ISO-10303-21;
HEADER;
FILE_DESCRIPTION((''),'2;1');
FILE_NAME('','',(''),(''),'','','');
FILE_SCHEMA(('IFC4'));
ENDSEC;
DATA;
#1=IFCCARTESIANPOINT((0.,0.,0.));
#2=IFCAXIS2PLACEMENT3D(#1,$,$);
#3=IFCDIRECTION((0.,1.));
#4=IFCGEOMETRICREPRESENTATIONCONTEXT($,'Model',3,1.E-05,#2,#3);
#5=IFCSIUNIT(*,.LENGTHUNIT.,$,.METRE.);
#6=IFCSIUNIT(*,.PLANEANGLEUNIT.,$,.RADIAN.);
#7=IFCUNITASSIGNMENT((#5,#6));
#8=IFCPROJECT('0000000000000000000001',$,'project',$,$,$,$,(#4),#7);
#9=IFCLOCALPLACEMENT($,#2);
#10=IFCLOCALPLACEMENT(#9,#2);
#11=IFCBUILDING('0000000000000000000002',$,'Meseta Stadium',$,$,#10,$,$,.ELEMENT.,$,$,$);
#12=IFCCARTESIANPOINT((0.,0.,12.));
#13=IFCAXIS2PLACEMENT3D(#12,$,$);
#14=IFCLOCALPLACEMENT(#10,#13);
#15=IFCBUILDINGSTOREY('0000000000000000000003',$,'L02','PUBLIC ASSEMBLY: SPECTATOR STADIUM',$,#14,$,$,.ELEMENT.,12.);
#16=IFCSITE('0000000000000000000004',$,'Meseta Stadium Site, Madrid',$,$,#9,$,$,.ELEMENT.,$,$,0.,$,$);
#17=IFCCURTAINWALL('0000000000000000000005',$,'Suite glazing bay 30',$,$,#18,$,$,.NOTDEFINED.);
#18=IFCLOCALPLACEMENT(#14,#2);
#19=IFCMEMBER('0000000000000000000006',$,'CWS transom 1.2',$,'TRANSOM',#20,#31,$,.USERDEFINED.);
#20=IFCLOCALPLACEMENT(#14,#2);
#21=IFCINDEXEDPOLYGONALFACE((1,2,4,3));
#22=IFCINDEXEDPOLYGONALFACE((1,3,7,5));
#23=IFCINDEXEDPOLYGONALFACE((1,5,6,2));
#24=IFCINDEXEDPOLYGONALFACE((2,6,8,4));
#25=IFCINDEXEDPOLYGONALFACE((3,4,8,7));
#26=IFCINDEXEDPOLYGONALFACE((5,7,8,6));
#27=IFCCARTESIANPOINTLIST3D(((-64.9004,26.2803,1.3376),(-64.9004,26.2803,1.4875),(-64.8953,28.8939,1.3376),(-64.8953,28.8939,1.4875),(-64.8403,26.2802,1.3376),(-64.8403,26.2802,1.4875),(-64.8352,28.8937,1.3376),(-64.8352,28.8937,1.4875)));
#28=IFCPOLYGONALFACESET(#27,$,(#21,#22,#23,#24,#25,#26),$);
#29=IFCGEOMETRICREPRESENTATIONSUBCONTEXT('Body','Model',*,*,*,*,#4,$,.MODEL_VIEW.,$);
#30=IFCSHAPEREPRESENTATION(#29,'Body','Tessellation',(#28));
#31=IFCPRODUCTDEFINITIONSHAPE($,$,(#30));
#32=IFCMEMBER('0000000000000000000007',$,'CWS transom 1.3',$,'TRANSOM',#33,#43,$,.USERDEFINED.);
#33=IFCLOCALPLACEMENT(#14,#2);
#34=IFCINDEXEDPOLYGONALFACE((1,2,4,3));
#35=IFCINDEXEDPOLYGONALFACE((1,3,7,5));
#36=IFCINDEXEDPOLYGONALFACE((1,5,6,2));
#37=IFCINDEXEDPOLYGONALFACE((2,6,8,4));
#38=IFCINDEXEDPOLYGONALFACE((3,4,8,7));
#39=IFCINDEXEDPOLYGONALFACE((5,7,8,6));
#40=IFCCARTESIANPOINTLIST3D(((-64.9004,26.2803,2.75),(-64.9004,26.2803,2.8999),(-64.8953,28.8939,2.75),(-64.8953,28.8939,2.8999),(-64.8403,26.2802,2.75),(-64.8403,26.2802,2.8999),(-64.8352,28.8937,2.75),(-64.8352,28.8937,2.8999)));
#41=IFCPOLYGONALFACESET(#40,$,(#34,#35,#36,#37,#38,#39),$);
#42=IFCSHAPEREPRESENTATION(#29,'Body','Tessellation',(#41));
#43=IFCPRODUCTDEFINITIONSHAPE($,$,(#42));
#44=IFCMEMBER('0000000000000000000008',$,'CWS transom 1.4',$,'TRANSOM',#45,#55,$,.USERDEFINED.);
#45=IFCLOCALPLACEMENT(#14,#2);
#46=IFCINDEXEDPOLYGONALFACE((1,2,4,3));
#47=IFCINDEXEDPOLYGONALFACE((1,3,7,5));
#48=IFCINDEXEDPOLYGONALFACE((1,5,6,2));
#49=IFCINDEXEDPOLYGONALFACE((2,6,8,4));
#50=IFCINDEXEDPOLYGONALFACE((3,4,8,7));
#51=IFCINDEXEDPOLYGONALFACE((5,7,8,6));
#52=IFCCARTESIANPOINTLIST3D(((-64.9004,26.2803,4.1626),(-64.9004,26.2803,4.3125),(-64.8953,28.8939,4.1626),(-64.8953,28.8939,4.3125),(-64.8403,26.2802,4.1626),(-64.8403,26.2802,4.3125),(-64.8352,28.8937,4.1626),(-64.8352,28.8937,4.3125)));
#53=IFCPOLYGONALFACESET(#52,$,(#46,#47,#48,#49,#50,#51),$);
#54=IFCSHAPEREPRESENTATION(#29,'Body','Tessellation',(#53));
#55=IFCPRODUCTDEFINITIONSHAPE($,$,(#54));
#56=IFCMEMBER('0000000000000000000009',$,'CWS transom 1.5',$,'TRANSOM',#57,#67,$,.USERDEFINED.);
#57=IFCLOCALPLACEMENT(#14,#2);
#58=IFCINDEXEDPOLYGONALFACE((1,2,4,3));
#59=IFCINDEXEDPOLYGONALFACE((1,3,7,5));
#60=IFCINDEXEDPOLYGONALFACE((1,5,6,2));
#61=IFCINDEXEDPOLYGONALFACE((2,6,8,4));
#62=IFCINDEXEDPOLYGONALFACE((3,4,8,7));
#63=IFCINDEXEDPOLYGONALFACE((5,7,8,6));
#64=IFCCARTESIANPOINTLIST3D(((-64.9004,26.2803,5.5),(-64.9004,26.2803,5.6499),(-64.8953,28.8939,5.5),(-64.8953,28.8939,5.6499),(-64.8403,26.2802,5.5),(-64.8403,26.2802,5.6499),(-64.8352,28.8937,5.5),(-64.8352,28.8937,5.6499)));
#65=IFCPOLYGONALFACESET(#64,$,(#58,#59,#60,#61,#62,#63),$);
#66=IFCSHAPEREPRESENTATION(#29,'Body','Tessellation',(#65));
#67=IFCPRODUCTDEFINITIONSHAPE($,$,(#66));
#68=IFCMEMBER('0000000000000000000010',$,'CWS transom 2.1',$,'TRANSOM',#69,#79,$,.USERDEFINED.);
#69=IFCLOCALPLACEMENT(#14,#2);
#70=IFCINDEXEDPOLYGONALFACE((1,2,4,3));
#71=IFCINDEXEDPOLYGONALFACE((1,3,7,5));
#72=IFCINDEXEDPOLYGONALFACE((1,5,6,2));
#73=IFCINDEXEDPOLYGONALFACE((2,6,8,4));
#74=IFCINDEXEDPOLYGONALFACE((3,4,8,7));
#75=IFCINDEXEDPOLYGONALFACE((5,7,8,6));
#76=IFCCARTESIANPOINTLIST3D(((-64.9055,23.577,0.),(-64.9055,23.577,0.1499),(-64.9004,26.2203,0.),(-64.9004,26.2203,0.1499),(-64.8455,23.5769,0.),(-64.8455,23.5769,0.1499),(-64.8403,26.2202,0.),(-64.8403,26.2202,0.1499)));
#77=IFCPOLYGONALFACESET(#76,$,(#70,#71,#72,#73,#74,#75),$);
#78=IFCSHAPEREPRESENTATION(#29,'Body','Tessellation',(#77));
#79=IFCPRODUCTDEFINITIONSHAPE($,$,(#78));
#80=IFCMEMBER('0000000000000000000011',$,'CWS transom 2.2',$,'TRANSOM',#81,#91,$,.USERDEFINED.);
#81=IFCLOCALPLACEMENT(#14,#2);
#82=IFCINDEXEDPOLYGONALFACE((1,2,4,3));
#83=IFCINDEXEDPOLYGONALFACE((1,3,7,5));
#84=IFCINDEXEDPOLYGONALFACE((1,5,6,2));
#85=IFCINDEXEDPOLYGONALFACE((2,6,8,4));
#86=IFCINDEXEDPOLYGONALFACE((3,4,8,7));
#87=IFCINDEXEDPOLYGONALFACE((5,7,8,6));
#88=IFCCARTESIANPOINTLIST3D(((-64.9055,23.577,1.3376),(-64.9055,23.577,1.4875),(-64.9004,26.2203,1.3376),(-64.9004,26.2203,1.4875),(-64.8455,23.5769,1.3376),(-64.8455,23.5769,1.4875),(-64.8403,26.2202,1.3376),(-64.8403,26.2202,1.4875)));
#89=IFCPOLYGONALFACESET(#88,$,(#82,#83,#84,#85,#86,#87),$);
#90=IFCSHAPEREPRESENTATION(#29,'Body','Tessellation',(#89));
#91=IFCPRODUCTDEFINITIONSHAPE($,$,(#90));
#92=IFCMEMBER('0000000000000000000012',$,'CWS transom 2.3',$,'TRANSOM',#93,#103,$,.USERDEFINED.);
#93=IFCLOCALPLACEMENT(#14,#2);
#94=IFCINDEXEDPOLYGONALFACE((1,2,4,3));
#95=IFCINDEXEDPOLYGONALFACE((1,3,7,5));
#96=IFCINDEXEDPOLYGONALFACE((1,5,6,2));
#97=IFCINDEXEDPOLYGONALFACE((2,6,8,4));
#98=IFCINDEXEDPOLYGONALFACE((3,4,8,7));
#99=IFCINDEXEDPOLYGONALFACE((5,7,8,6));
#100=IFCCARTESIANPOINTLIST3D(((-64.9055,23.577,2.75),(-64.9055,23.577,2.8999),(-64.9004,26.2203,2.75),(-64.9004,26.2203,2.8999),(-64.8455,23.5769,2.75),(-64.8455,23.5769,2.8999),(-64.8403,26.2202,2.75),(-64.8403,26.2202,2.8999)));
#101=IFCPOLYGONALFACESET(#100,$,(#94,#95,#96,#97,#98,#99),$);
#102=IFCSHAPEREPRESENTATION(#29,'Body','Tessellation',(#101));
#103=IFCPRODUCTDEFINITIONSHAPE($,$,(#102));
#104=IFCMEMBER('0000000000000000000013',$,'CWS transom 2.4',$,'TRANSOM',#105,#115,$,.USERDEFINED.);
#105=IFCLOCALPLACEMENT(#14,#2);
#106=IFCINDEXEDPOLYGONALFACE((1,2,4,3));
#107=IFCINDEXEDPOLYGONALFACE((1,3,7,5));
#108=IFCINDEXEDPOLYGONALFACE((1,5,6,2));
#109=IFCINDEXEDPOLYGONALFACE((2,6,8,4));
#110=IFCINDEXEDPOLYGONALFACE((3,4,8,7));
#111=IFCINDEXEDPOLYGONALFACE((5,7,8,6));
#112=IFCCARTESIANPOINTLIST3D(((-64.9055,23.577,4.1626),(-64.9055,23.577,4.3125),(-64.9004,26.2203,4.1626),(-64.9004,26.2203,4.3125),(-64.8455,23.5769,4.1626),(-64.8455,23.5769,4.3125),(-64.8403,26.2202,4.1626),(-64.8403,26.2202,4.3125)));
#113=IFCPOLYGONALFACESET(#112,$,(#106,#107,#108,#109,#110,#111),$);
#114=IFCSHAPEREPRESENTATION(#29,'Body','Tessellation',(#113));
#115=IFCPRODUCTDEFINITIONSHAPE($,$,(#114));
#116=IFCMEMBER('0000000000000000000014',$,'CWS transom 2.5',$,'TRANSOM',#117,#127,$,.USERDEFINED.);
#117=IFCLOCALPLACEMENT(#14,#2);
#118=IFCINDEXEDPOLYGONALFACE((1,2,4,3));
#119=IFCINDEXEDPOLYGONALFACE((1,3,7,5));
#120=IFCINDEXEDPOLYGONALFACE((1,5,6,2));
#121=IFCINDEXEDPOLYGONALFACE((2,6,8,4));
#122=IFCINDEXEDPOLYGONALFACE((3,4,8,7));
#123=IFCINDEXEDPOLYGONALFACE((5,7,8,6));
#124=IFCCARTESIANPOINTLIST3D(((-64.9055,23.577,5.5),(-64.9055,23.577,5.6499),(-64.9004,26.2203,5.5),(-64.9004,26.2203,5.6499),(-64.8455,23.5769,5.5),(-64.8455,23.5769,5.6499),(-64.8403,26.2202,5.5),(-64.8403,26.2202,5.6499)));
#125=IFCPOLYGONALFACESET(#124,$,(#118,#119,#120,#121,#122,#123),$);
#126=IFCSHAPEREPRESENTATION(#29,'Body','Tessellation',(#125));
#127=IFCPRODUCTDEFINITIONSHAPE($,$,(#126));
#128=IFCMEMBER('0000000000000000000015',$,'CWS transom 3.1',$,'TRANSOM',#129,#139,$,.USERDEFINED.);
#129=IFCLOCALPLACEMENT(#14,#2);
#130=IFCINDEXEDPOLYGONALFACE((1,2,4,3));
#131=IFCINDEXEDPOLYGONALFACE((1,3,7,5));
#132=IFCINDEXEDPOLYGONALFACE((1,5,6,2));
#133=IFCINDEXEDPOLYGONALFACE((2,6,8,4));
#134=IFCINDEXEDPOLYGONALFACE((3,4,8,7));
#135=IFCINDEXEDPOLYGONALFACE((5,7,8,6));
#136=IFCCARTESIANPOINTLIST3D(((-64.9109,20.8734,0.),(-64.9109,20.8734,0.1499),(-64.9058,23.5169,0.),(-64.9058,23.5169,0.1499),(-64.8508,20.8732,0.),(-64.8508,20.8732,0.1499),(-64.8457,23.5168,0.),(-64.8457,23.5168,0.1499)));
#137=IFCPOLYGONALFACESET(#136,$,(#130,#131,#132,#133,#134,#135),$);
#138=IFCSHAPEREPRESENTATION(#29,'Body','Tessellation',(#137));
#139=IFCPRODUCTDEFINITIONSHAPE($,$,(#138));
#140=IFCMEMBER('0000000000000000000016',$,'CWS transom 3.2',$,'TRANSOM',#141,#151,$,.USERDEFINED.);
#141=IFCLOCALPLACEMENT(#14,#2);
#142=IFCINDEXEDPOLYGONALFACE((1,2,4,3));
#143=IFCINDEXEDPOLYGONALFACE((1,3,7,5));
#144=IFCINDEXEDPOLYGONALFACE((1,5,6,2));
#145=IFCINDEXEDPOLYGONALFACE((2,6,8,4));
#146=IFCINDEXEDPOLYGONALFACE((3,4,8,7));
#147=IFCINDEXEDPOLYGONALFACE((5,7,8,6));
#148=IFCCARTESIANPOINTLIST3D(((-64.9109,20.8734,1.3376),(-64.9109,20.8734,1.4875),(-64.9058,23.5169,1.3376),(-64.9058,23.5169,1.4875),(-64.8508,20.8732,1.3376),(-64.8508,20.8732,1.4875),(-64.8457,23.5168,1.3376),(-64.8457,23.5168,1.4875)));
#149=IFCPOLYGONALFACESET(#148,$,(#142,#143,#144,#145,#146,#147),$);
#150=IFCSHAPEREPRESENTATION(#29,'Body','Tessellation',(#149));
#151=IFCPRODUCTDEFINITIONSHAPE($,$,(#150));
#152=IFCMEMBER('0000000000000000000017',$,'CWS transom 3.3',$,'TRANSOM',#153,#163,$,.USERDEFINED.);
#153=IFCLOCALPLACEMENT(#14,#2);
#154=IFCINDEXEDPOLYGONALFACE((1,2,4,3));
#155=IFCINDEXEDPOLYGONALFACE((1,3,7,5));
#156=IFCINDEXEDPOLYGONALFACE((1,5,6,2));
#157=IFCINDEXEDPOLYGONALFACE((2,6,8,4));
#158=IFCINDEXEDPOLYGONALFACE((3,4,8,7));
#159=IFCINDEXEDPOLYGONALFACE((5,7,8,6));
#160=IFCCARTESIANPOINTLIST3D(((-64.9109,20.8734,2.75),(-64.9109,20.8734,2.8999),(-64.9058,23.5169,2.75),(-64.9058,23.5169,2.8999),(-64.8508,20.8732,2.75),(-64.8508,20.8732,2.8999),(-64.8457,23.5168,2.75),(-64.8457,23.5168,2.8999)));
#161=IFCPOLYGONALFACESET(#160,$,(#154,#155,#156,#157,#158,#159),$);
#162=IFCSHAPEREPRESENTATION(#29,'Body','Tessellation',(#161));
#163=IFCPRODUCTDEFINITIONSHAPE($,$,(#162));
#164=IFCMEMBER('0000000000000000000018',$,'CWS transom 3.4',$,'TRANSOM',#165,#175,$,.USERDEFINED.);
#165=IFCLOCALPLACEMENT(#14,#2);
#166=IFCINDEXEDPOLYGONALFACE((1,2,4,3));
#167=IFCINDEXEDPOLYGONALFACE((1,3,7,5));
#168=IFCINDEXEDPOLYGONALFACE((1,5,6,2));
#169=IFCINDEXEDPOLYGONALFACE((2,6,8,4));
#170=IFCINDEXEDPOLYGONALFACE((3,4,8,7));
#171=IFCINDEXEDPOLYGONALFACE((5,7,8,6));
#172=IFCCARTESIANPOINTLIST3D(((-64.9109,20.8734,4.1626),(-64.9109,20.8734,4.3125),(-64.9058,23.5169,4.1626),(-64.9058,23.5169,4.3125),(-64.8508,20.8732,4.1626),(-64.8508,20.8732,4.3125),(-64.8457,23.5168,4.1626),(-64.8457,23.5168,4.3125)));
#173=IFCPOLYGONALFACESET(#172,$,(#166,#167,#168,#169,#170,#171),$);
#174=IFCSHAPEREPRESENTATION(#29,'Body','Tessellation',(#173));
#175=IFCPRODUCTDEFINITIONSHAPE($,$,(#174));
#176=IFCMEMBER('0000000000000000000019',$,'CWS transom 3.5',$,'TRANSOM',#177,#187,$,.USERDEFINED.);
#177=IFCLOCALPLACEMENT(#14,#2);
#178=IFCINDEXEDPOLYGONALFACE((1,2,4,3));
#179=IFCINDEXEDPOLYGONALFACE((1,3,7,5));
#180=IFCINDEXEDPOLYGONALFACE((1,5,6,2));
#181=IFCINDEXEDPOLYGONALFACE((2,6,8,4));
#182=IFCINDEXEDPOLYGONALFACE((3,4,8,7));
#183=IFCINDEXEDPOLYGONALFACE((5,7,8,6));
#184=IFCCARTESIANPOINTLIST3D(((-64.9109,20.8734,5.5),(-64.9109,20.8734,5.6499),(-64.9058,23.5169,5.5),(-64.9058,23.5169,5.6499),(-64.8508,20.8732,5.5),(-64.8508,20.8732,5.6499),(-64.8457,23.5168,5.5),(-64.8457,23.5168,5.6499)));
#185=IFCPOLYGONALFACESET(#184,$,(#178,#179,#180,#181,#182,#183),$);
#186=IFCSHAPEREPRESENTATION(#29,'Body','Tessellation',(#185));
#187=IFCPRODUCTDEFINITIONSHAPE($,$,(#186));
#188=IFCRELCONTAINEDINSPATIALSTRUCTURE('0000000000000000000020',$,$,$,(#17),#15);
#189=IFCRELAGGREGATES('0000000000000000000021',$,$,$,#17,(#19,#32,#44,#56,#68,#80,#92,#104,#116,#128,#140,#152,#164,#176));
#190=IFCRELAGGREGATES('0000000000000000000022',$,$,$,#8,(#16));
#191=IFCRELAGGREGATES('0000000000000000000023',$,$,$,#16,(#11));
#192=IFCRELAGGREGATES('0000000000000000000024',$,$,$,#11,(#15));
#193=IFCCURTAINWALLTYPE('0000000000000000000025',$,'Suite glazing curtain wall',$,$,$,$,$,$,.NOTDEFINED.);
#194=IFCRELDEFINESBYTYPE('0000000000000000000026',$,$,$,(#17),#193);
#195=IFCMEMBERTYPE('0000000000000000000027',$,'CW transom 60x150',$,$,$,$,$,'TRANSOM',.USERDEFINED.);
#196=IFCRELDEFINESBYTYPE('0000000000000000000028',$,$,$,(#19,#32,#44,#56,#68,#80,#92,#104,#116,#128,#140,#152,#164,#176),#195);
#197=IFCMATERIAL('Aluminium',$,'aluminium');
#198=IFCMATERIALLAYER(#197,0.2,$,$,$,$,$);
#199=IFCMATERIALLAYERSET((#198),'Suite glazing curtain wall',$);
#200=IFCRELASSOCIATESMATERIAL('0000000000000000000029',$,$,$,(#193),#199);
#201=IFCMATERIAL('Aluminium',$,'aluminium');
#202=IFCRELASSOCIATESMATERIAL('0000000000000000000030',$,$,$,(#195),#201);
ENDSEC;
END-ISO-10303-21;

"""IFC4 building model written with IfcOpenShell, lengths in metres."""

from ifc_helpers import new_model, si_unit, direction, frame, origin, origin_2d, place, context, subcontext, project, spatial, rectangle, extrude, material, layer, layer_set, material_profile, profile_set, type_object, element, aggregate, save


model = new_model("IFC4")

# Units and contexts
model_context = context("Model", 3, precision=1e-05, world=origin(), true_north=direction((0.0, 1.0)))
body_context = subcontext(model_context, "Body", "Model", "MODEL_VIEW")
ifc_project = project(units=[si_unit("LENGTHUNIT", "METRE"), si_unit("PLANEANGLEUNIT", "RADIAN")], contexts=[model_context])

# Site, building, storey
site_placement = place(None, origin())
site = spatial("IfcSite", under=ifc_project, at=site_placement, Name="Meseta Stadium Site, Madrid", CompositionType="ELEMENT", RefElevation=0.0)
building_placement = place(site_placement, origin())
building = spatial("IfcBuilding", under=site, at=building_placement, Name="Meseta Stadium", CompositionType="ELEMENT")
storey_placement = place(building_placement, frame((0.0, 0.0, 12.0)))
storey = spatial("IfcBuildingStorey", under=building, at=storey_placement, Name="L02", Description="PUBLIC ASSEMBLY: SPECTATOR STADIUM", CompositionType="ELEMENT", Elevation=12.0)

# Curtain wall, members
ifc_material_1 = material(Name="Aluminium", Category="aluminium")
ifc_layer_1 = layer(ifc_material_1, 0.2)
ifc_layer_set_1 = layer_set([ifc_layer_1], Name="Suite glazing curtain wall")
curtain_wall_type = type_object("IfcCurtainWallType", Name="Suite glazing curtain wall", PredefinedType="NOTDEFINED", material=ifc_layer_set_1)
curtain_wall_placement = place(storey_placement, origin())
curtain_wall = element("IfcCurtainWall", 1, at=curtain_wall_placement, inside=storey, type_object=curtain_wall_type, Name="Suite glazing bay 30", PredefinedType="NOTDEFINED")
ifc_material_2 = material(Name="Aluminium", Category="aluminium")
ifc_material_profile_1 = material_profile(ifc_material_2, rectangle(XDim=0.0601, YDim=0.1499, at=origin_2d()), Name="CW 60x150")
ifc_profile_set_1 = profile_set([ifc_material_profile_1], Name="Aluminium")
member_type_1 = type_object("IfcMemberType", Name="CW transom 60x150", ElementType="TRANSOM", PredefinedType="USERDEFINED", material=ifc_profile_set_1)
member_1_placement = place(storey_placement, frame((-64.8652, 28.8938, 1.4126), z_axis=(-0.001962, -0.999998, 0.0), x_axis=(0.999998, -0.001962, 0.0)))
member_1 = element("IfcMember", 2, at=member_1_placement, type_object=member_type_1, Name="CWS transom 1.2", ObjectType="TRANSOM", PredefinedType="USERDEFINED", context=body_context, shape_type="SweptSolid", body=[
    extrude(rectangle(XDim=0.0601, YDim=0.1499, at=origin_2d()), origin(), (0.0, 0.0, 1.0), 2.6135),
])
member_2_placement = place(storey_placement, frame((-64.8652, 28.8938, 2.825), z_axis=(-0.001962, -0.999998, 0.0), x_axis=(0.999998, -0.001962, 0.0)))
member_2 = element("IfcMember", 3, at=member_2_placement, type_object=member_type_1, Name="CWS transom 1.3", ObjectType="TRANSOM", PredefinedType="USERDEFINED", context=body_context, shape_type="SweptSolid", body=[
    extrude(rectangle(XDim=0.0601, YDim=0.1499, at=origin_2d()), origin(), (0.0, 0.0, 1.0), 2.6135),
])
member_3_placement = place(storey_placement, frame((-64.8652, 28.8938, 4.2375), z_axis=(-0.001962, -0.999998, 0.0), x_axis=(0.999998, -0.001962, 0.0)))
member_3 = element("IfcMember", 4, at=member_3_placement, type_object=member_type_1, Name="CWS transom 1.4", ObjectType="TRANSOM", PredefinedType="USERDEFINED", context=body_context, shape_type="SweptSolid", body=[
    extrude(rectangle(XDim=0.0601, YDim=0.1499, at=origin_2d()), origin(), (0.0, 0.0, 1.0), 2.6135),
])
member_4_placement = place(storey_placement, frame((-64.8652, 28.8938, 5.575), z_axis=(-0.001962, -0.999998, 0.0), x_axis=(0.999998, -0.001962, 0.0)))
member_4 = element("IfcMember", 5, at=member_4_placement, type_object=member_type_1, Name="CWS transom 1.5", ObjectType="TRANSOM", PredefinedType="USERDEFINED", context=body_context, shape_type="SweptSolid", body=[
    extrude(rectangle(XDim=0.0601, YDim=0.1499, at=origin_2d()), origin(), (0.0, 0.0, 1.0), 2.6135),
])
member_5_placement = place(storey_placement, frame((-64.8704, 26.2202, 0.075), z_axis=(-0.00194, -0.999998, 0.0), x_axis=(0.999998, -0.00194, 0.0)))
member_5 = element("IfcMember", 6, at=member_5_placement, type_object=member_type_1, Name="CWS transom 2.1", ObjectType="TRANSOM", PredefinedType="USERDEFINED", context=body_context, shape_type="SweptSolid", body=[
    extrude(rectangle(XDim=0.0601, YDim=0.1499, at=origin_2d()), origin(), (0.0, 0.0, 1.0), 2.6433),
])
member_6_placement = place(storey_placement, frame((-64.8704, 26.2202, 1.4126), z_axis=(-0.00194, -0.999998, 0.0), x_axis=(0.999998, -0.00194, 0.0)))
member_6 = element("IfcMember", 7, at=member_6_placement, type_object=member_type_1, Name="CWS transom 2.2", ObjectType="TRANSOM", PredefinedType="USERDEFINED", context=body_context, shape_type="SweptSolid", body=[
    extrude(rectangle(XDim=0.0601, YDim=0.1499, at=origin_2d()), origin(), (0.0, 0.0, 1.0), 2.6433),
])
member_7_placement = place(storey_placement, frame((-64.8704, 26.2202, 2.825), z_axis=(-0.00194, -0.999998, 0.0), x_axis=(0.999998, -0.00194, 0.0)))
member_7 = element("IfcMember", 8, at=member_7_placement, type_object=member_type_1, Name="CWS transom 2.3", ObjectType="TRANSOM", PredefinedType="USERDEFINED", context=body_context, shape_type="SweptSolid", body=[
    extrude(rectangle(XDim=0.0601, YDim=0.1499, at=origin_2d()), origin(), (0.0, 0.0, 1.0), 2.6433),
])
member_8_placement = place(storey_placement, frame((-64.8704, 26.2202, 4.2375), z_axis=(-0.00194, -0.999998, 0.0), x_axis=(0.999998, -0.00194, 0.0)))
member_8 = element("IfcMember", 9, at=member_8_placement, type_object=member_type_1, Name="CWS transom 2.4", ObjectType="TRANSOM", PredefinedType="USERDEFINED", context=body_context, shape_type="SweptSolid", body=[
    extrude(rectangle(XDim=0.0601, YDim=0.1499, at=origin_2d()), origin(), (0.0, 0.0, 1.0), 2.6433),
])
member_9_placement = place(storey_placement, frame((-64.8704, 26.2202, 5.575), z_axis=(-0.00194, -0.999998, 0.0), x_axis=(0.999998, -0.00194, 0.0)))
member_9 = element("IfcMember", 10, at=member_9_placement, type_object=member_type_1, Name="CWS transom 2.5", ObjectType="TRANSOM", PredefinedType="USERDEFINED", context=body_context, shape_type="SweptSolid", body=[
    extrude(rectangle(XDim=0.0601, YDim=0.1499, at=origin_2d()), origin(), (0.0, 0.0, 1.0), 2.6433),
])
member_10_placement = place(storey_placement, frame((-64.8757, 23.5168, 0.075), z_axis=(-0.001939, -0.999998, 0.0), x_axis=(0.999998, -0.001939, 0.0)))
member_10 = element("IfcMember", 11, at=member_10_placement, type_object=member_type_1, Name="CWS transom 3.1", ObjectType="TRANSOM", PredefinedType="USERDEFINED", context=body_context, shape_type="SweptSolid", body=[
    extrude(rectangle(XDim=0.0601, YDim=0.1499, at=origin_2d()), origin(), (0.0, 0.0, 1.0), 2.6436),
])
member_11_placement = place(storey_placement, frame((-64.8757, 23.5168, 1.4126), z_axis=(-0.001939, -0.999998, 0.0), x_axis=(0.999998, -0.001939, 0.0)))
member_11 = element("IfcMember", 12, at=member_11_placement, type_object=member_type_1, Name="CWS transom 3.2", ObjectType="TRANSOM", PredefinedType="USERDEFINED", context=body_context, shape_type="SweptSolid", body=[
    extrude(rectangle(XDim=0.0601, YDim=0.1499, at=origin_2d()), origin(), (0.0, 0.0, 1.0), 2.6436),
])
member_12_placement = place(storey_placement, frame((-64.8757, 23.5168, 2.825), z_axis=(-0.001939, -0.999998, 0.0), x_axis=(0.999998, -0.001939, 0.0)))
member_12 = element("IfcMember", 13, at=member_12_placement, type_object=member_type_1, Name="CWS transom 3.3", ObjectType="TRANSOM", PredefinedType="USERDEFINED", context=body_context, shape_type="SweptSolid", body=[
    extrude(rectangle(XDim=0.0601, YDim=0.1499, at=origin_2d()), origin(), (0.0, 0.0, 1.0), 2.6436),
])
member_13_placement = place(storey_placement, frame((-64.8757, 23.5168, 4.2375), z_axis=(-0.001939, -0.999998, 0.0), x_axis=(0.999998, -0.001939, 0.0)))
member_13 = element("IfcMember", 14, at=member_13_placement, type_object=member_type_1, Name="CWS transom 3.4", ObjectType="TRANSOM", PredefinedType="USERDEFINED", context=body_context, shape_type="SweptSolid", body=[
    extrude(rectangle(XDim=0.0601, YDim=0.1499, at=origin_2d()), origin(), (0.0, 0.0, 1.0), 2.6436),
])
member_14_placement = place(storey_placement, frame((-64.8757, 23.5168, 5.575), z_axis=(-0.001939, -0.999998, 0.0), x_axis=(0.999998, -0.001939, 0.0)))
member_14 = element("IfcMember", 15, at=member_14_placement, type_object=member_type_1, Name="CWS transom 3.5", ObjectType="TRANSOM", PredefinedType="USERDEFINED", context=body_context, shape_type="SweptSolid", body=[
    extrude(rectangle(XDim=0.0601, YDim=0.1499, at=origin_2d()), origin(), (0.0, 0.0, 1.0), 2.6436),
])

aggregate(curtain_wall, [member_1, member_2, member_3, member_4, member_5, member_6, member_7, member_8, member_9, member_10, member_11, member_12, member_13, member_14])

save(model, "model.ifc")
